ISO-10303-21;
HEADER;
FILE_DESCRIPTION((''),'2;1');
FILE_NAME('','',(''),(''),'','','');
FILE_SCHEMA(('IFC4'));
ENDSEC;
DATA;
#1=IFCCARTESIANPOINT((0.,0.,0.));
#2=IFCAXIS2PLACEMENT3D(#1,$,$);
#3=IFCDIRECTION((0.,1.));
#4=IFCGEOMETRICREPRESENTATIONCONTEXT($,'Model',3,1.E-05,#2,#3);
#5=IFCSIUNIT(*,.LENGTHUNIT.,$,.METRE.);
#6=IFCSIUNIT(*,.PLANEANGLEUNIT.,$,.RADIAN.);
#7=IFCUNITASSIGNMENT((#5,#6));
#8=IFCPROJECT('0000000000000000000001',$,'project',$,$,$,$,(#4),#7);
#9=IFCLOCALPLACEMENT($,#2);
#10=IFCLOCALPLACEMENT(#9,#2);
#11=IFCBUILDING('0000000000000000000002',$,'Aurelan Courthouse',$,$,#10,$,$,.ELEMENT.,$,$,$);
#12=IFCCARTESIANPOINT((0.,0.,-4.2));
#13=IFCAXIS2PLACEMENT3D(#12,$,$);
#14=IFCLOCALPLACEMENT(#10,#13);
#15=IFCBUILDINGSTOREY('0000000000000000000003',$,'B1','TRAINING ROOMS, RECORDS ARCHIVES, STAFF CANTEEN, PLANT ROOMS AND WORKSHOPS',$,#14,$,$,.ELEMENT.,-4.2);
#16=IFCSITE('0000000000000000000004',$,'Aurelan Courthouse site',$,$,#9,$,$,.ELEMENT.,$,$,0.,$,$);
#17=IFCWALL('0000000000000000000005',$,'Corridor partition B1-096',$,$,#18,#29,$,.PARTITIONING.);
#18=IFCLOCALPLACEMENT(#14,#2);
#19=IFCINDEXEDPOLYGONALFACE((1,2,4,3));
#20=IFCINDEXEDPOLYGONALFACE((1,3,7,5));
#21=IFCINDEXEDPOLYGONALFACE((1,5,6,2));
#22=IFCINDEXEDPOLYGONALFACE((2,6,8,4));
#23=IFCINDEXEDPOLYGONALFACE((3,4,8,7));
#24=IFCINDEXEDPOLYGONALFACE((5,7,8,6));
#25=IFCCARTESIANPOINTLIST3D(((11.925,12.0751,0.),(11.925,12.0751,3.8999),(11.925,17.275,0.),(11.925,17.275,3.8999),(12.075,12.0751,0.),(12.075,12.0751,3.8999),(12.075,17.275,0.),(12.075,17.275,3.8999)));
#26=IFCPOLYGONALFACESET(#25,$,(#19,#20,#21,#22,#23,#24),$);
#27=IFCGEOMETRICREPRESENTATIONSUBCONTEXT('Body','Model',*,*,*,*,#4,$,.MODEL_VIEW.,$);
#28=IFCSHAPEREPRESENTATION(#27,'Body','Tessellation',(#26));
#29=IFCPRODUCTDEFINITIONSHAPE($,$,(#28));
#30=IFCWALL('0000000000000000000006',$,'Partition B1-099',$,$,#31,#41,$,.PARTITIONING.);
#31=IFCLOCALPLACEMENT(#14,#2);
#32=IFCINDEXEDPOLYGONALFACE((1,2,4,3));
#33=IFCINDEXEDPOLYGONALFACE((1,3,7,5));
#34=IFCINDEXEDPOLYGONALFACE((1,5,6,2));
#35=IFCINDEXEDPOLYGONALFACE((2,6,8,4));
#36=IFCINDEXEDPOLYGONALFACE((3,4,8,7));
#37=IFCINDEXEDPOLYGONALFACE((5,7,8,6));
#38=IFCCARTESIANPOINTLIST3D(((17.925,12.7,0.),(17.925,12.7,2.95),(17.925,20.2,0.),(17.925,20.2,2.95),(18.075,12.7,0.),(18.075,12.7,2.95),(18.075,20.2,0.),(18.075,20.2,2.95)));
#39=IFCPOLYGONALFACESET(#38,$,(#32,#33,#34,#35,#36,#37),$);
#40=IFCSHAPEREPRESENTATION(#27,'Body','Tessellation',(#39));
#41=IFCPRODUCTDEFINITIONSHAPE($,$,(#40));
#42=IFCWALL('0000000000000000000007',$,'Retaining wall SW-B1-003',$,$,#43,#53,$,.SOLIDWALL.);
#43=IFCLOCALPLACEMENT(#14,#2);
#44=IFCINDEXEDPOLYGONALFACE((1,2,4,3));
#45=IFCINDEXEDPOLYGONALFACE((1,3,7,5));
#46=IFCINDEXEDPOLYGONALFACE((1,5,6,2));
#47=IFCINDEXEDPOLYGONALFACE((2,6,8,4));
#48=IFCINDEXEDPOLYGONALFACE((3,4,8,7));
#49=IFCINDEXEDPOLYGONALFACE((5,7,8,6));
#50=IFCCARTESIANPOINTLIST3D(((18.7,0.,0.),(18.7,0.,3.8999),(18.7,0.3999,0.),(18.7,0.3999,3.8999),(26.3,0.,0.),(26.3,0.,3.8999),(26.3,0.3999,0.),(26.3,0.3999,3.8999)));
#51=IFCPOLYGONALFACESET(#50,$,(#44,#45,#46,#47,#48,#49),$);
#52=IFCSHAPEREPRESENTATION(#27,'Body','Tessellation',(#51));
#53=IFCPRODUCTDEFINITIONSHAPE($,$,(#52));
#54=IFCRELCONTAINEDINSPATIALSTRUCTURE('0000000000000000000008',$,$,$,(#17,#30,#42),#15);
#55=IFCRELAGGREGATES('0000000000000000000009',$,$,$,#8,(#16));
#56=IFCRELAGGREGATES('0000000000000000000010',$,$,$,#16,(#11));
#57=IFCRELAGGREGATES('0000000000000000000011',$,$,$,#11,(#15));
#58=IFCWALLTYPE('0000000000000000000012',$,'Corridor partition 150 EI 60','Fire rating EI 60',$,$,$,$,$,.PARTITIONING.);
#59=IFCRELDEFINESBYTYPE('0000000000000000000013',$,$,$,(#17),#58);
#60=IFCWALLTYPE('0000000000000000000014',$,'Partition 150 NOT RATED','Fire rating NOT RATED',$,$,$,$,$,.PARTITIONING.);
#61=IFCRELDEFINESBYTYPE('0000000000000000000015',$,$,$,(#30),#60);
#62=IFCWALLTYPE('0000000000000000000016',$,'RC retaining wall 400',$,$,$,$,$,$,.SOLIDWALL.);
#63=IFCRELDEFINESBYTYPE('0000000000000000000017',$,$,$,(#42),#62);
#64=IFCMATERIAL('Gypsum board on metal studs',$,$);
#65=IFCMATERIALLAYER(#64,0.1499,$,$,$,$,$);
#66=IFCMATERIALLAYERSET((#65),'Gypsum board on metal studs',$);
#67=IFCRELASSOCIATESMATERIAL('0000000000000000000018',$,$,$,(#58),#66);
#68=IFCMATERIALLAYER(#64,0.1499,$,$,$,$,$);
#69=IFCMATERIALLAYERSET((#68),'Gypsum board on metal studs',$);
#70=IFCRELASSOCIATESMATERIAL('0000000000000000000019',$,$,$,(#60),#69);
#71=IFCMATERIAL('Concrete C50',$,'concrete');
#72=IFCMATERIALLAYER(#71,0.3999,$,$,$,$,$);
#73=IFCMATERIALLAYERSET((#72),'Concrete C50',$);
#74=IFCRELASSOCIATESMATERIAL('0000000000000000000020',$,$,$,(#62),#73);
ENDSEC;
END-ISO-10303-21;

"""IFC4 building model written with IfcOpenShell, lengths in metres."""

from ifc_helpers import new_model, si_unit, direction, frame, frame_2d, origin, place, context, subcontext, project, spatial, rectangle, extrude, material, layer, layer_set, type_object, element, save


model = new_model("IFC4")

# Units and contexts
model_context = context("Model", 3, precision=1e-05, world=origin(), true_north=direction((0.0, 1.0)))
body_context = subcontext(model_context, "Body", "Model", "MODEL_VIEW")
ifc_project = project(units=[si_unit("LENGTHUNIT", "METRE"), si_unit("PLANEANGLEUNIT", "RADIAN")], contexts=[model_context])

# Site, building, storey
site_placement = place(None, origin())
site = spatial("IfcSite", under=ifc_project, at=site_placement, Name="Aurelan Courthouse site", CompositionType="ELEMENT", RefElevation=0.0)
building_placement = place(site_placement, origin())
building = spatial("IfcBuilding", under=site, at=building_placement, Name="Aurelan Courthouse", CompositionType="ELEMENT")
storey_placement = place(building_placement, frame((0.0, 0.0, -4.2)))
storey = spatial("IfcBuildingStorey", under=building, at=storey_placement, Name="B1", Description="TRAINING ROOMS, RECORDS ARCHIVES, STAFF CANTEEN, PLANT ROOMS AND WORKSHOPS", CompositionType="ELEMENT", Elevation=-4.2)

# Shared definitions
ifc_material_1 = material(Name="Concrete C50", Category="concrete")

# Shared definitions
ifc_material_2 = material(Name="Gypsum board on metal studs")
ifc_layer_1 = layer(ifc_material_2, 0.1499)
ifc_layer_set_1 = layer_set([ifc_layer_1], Name="Gypsum board on metal studs")
wall_type_1 = type_object("IfcWallType", Name="Corridor partition 150 EI 60", Description="Fire rating EI 60", PredefinedType="PARTITIONING", material=ifc_layer_set_1)

# Walls
wall_1_placement = place(storey_placement, frame((12.0, 12.075, 0.0), z_axis=(0.0, 0.0, 1.0), x_axis=(0.0, 1.0, 0.0)))
element("IfcWall", 1, at=wall_1_placement, inside=storey, type_object=wall_type_1, Name="Corridor partition B1-096", PredefinedType="PARTITIONING", context=body_context, shape_type="SweptSolid", body=[
    extrude(rectangle(XDim=5.2, YDim=0.1499, at=frame_2d((2.6001, 0.0))), origin(), (0.0, 0.0, 1.0), 3.8999),
])
ifc_layer_2 = layer(ifc_material_2, 0.1499)
ifc_layer_set_2 = layer_set([ifc_layer_2], Name="Gypsum board on metal studs")
wall_type_2 = type_object("IfcWallType", Name="Partition 150 NOT RATED", Description="Fire rating NOT RATED", PredefinedType="PARTITIONING", material=ifc_layer_set_2)
wall_2_placement = place(storey_placement, frame((18.0, 12.7, 0.0), z_axis=(0.0, 0.0, 1.0), x_axis=(0.0, 1.0, 0.0)))
element("IfcWall", 2, at=wall_2_placement, inside=storey, type_object=wall_type_2, Name="Partition B1-099", PredefinedType="PARTITIONING", context=body_context, shape_type="SweptSolid", body=[
    extrude(rectangle(XDim=7.5, YDim=0.1499, at=frame_2d((3.75, 0.0))), origin(), (0.0, 0.0, 1.0), 2.95),
])
ifc_layer_3 = layer(ifc_material_1, 0.3999)
ifc_layer_set_3 = layer_set([ifc_layer_3], Name="Concrete C50")
wall_type_3 = type_object("IfcWallType", Name="RC retaining wall 400", PredefinedType="SOLIDWALL", material=ifc_layer_set_3)
wall_3_placement = place(storey_placement, frame((18.7, 0.2, 0.0), z_axis=(0.0, 0.0, 1.0), x_axis=(1.0, 0.0, 0.0)))
element("IfcWall", 3, at=wall_3_placement, inside=storey, type_object=wall_type_3, Name="Retaining wall SW-B1-003", PredefinedType="SOLIDWALL", context=body_context, shape_type="SweptSolid", body=[
    extrude(rectangle(XDim=7.6001, YDim=0.3999, at=frame_2d((3.8, 0.0))), origin(), (0.0, 0.0, 1.0), 3.8999),
])

save(model, "model.ifc")
